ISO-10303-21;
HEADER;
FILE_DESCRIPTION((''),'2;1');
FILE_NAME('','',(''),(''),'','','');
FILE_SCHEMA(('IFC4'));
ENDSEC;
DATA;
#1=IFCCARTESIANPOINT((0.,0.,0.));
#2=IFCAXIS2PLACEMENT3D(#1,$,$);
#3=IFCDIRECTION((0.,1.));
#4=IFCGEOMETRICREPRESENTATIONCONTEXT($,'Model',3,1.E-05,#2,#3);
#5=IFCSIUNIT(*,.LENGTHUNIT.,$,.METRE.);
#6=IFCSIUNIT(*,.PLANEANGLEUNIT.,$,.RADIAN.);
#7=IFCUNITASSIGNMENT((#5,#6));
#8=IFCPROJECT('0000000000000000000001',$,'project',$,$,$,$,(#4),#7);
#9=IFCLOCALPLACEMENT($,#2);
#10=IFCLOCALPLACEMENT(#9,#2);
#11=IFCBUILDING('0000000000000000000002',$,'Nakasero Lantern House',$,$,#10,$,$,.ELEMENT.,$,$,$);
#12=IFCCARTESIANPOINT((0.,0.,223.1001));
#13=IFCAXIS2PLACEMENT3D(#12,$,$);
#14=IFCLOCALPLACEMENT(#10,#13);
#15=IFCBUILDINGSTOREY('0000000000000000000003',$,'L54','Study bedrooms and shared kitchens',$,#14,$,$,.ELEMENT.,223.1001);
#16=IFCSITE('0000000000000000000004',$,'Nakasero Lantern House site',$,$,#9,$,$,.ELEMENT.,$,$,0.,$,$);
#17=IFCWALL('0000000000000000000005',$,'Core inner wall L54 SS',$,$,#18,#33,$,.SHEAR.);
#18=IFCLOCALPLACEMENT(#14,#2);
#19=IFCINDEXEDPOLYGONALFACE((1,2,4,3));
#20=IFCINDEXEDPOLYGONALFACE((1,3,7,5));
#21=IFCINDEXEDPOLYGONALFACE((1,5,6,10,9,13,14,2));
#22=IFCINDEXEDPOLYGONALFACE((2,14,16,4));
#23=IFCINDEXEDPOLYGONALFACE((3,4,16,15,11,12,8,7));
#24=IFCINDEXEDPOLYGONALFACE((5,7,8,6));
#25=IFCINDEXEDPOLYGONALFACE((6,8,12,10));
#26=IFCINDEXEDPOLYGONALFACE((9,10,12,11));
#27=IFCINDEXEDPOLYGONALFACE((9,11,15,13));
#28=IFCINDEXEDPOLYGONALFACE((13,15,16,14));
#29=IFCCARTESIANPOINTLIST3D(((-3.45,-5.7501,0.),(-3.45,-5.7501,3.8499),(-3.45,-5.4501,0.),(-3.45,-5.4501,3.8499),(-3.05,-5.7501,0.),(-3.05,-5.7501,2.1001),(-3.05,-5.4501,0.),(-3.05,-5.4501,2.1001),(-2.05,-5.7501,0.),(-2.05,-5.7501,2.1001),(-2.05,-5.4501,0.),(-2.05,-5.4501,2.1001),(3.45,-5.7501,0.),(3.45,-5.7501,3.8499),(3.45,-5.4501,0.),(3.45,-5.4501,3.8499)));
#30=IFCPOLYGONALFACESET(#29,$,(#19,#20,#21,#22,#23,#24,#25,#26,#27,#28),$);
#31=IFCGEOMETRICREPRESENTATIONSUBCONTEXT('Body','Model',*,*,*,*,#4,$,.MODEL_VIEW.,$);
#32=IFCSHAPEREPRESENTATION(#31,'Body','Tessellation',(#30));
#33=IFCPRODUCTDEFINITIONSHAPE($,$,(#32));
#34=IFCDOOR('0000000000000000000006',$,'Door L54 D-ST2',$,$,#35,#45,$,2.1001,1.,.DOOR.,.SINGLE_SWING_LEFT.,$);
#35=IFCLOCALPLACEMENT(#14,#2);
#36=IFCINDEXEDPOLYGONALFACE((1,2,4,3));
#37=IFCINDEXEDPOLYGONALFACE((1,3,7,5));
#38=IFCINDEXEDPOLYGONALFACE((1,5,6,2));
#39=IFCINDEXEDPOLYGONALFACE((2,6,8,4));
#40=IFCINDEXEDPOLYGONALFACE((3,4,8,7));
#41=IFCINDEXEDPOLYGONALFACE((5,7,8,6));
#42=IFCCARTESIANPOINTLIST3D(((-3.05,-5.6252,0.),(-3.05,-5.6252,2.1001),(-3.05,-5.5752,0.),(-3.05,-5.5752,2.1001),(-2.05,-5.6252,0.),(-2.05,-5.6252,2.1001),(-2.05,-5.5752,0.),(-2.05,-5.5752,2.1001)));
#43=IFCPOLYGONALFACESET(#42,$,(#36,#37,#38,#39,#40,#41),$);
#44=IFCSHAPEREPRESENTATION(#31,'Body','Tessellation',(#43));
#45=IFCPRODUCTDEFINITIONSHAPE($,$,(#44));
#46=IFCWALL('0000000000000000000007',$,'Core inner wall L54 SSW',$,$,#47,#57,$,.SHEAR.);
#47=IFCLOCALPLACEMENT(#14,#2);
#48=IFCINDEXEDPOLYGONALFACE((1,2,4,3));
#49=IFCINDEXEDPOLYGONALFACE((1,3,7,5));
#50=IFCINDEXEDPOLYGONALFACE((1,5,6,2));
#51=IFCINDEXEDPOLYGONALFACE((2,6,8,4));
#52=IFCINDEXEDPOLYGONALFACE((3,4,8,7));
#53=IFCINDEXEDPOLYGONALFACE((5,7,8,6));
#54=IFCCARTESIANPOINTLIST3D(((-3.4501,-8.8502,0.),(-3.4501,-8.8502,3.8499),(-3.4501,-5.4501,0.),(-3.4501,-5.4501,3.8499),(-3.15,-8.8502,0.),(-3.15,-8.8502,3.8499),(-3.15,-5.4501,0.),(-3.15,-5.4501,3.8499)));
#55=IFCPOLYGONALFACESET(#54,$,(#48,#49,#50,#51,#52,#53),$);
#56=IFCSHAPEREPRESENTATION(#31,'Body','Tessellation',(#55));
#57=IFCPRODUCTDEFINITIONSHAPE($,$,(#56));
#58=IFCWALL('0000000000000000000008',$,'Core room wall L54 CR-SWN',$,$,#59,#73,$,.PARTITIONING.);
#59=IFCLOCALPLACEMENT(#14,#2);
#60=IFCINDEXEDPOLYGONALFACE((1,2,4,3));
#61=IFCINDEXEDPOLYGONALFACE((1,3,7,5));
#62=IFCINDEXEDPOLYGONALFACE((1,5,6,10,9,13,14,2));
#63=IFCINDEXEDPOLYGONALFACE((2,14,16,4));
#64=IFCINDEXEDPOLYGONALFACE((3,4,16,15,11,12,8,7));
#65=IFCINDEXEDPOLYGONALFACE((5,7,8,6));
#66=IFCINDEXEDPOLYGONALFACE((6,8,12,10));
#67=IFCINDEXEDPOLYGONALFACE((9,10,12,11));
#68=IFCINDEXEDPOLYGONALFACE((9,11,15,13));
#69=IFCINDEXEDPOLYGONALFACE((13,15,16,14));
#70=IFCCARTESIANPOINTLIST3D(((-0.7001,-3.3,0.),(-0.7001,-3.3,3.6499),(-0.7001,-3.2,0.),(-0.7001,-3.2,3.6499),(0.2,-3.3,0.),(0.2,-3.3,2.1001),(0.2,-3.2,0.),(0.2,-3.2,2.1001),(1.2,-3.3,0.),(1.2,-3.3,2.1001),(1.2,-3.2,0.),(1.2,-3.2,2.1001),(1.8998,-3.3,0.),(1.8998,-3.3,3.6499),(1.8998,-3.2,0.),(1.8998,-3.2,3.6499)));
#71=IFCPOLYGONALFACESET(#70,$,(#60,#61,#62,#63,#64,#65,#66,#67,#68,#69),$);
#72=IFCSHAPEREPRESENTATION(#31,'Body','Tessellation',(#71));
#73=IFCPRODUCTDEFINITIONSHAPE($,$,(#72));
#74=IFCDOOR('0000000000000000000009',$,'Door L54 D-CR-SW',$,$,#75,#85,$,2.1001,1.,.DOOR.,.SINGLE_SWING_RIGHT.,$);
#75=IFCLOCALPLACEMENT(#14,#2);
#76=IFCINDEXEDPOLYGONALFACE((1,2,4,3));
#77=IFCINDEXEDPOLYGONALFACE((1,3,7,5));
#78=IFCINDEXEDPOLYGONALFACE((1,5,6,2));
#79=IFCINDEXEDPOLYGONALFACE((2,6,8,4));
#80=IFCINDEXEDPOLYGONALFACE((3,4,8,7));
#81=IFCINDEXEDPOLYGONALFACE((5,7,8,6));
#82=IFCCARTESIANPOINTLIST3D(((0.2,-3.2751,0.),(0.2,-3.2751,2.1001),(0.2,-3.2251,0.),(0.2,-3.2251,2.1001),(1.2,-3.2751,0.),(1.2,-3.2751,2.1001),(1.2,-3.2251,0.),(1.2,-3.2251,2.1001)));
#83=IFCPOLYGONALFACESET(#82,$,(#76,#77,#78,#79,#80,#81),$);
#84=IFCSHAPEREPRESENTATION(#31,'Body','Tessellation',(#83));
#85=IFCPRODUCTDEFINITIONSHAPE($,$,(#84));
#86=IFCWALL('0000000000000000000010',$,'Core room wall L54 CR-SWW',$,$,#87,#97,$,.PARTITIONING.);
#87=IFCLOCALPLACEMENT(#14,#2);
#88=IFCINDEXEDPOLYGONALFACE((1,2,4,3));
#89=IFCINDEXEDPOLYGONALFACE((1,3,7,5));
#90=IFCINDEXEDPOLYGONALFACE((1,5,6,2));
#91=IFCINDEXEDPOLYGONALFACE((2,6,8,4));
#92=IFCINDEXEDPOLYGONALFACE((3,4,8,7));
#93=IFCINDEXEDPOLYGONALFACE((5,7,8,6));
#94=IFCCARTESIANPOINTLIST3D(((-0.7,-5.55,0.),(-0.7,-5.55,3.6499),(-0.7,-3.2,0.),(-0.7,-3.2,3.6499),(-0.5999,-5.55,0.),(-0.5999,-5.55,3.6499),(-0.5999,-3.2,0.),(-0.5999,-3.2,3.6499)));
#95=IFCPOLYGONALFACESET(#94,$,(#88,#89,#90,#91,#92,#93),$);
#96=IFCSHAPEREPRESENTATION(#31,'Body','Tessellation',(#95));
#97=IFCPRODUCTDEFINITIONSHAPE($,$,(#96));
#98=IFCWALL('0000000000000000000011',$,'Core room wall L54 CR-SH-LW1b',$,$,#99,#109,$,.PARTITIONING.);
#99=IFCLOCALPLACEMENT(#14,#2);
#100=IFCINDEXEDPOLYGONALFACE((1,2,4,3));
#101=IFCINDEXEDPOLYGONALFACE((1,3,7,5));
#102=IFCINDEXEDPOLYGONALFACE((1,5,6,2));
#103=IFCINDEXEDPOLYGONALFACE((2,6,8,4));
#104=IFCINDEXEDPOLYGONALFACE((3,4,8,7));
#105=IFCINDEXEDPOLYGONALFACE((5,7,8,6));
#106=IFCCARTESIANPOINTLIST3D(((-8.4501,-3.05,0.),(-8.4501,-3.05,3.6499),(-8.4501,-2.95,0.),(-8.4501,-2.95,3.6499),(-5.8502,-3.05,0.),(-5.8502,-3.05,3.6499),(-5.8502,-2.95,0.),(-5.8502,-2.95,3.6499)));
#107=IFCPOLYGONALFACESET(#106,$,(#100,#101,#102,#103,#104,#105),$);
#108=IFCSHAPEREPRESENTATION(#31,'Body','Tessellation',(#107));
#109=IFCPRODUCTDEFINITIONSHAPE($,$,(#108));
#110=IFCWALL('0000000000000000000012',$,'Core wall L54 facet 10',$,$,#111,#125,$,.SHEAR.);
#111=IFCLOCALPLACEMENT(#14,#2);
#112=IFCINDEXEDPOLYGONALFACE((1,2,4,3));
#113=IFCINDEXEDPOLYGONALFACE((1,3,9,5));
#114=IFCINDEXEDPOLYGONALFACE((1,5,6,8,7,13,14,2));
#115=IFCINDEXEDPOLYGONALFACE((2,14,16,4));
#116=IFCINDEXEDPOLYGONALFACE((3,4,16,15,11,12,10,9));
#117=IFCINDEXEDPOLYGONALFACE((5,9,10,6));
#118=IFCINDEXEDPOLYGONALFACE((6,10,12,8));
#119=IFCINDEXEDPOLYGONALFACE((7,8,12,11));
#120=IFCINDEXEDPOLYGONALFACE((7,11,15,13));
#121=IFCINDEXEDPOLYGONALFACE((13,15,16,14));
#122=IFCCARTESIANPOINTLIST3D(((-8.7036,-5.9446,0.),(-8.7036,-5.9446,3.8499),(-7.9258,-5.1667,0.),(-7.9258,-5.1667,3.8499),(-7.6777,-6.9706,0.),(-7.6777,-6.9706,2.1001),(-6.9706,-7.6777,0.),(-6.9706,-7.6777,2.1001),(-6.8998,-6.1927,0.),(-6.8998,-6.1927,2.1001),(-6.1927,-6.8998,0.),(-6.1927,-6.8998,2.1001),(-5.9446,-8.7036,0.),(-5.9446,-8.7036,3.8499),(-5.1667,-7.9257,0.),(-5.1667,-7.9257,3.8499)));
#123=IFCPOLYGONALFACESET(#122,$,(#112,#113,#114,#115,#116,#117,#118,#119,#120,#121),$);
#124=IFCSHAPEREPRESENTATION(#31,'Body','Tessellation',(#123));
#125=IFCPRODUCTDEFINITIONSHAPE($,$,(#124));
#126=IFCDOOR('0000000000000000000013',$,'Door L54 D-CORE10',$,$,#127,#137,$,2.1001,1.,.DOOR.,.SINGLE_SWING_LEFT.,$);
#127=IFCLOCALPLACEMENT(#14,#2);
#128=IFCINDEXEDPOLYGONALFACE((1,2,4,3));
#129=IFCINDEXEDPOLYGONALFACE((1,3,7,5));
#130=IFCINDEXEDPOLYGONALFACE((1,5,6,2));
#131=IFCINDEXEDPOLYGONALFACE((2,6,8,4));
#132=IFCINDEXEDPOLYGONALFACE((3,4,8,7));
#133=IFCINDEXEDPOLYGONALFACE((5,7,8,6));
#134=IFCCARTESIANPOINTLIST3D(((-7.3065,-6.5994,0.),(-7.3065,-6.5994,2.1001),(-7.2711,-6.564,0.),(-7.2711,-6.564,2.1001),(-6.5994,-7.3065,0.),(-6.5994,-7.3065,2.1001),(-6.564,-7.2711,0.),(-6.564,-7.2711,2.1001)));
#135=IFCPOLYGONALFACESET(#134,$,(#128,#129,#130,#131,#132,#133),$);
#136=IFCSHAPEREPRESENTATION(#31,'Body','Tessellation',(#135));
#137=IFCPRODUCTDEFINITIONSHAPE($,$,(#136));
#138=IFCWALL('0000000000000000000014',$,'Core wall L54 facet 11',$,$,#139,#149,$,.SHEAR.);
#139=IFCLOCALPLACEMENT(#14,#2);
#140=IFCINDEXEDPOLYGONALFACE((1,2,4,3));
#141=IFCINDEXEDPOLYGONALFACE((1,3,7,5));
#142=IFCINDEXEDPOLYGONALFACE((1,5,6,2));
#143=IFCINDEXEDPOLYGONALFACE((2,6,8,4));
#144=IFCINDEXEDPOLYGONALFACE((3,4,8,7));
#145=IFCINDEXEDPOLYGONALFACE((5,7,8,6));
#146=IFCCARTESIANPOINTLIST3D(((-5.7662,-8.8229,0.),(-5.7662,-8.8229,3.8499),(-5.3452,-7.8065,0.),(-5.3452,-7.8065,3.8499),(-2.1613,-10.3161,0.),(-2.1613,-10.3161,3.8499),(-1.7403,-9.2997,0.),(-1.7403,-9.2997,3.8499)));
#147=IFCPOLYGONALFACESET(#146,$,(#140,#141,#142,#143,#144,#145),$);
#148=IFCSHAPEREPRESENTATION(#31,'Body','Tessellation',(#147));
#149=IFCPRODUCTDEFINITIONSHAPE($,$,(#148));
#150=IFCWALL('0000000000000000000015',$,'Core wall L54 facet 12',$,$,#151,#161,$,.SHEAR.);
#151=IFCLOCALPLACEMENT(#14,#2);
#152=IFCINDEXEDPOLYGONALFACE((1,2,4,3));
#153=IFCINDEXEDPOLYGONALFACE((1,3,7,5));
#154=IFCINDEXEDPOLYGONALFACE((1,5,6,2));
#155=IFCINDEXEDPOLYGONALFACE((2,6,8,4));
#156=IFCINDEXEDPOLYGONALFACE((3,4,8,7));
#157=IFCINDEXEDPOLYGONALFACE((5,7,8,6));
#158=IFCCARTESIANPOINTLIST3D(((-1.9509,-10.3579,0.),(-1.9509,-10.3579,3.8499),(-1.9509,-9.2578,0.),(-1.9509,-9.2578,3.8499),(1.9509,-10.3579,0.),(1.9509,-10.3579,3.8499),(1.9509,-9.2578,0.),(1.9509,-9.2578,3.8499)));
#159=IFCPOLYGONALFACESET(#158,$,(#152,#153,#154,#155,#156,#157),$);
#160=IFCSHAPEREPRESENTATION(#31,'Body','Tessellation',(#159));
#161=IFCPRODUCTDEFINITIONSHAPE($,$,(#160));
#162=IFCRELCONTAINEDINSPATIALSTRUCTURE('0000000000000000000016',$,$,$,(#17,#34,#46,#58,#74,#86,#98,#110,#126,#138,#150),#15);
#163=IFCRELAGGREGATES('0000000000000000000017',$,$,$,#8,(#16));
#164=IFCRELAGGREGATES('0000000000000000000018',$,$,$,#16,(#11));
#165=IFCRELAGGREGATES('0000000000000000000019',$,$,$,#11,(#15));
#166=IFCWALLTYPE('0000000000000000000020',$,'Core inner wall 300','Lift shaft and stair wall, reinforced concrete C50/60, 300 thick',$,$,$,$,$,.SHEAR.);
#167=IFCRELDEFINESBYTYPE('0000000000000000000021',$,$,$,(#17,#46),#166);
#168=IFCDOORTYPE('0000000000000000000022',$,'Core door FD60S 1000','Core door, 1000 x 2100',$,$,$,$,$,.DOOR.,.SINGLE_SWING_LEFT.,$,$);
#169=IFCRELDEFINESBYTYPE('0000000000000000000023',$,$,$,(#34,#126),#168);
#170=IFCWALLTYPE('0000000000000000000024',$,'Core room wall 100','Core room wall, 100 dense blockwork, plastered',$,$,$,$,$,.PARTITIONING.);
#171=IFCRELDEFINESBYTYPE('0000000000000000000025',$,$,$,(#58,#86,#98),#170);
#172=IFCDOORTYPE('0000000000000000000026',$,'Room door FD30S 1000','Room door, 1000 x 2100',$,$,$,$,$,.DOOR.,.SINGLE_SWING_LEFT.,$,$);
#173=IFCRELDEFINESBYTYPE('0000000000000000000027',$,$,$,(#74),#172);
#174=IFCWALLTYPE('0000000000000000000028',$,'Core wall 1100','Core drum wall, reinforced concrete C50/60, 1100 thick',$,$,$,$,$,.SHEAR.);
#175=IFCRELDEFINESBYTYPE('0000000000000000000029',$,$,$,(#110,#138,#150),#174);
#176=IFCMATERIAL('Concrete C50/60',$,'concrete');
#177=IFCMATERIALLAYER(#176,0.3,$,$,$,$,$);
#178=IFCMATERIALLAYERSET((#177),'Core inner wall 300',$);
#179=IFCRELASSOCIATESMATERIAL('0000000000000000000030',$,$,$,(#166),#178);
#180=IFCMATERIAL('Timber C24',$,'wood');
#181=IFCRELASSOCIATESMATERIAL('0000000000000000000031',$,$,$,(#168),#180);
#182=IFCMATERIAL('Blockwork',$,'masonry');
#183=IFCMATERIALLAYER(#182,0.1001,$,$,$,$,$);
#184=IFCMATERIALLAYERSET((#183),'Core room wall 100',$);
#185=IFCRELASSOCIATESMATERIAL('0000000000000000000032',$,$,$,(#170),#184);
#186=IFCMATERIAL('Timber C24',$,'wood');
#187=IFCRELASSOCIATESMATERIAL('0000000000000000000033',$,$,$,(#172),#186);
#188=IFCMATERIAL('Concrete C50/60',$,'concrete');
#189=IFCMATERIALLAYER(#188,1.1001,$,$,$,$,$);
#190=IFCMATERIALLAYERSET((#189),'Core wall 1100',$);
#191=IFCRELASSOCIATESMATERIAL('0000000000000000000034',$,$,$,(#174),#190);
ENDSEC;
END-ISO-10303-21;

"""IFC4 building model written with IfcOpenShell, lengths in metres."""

from ifc_helpers import new_model, si_unit, direction, frame, frame_2d, origin, place, context, subcontext, project, spatial, rectangle, extrude, material, layer, layer_set, type_object, element, fill, save


model = new_model("IFC4")

# Units and contexts
model_context = context("Model", 3, precision=1e-05, world=origin(), true_north=direction((0.0, 1.0)))
body_context = subcontext(model_context, "Body", "Model", "MODEL_VIEW")
ifc_project = project(units=[si_unit("LENGTHUNIT", "METRE"), si_unit("PLANEANGLEUNIT", "RADIAN")], contexts=[model_context])

# Site, building, storey
site_placement = place(None, origin())
site = spatial("IfcSite", under=ifc_project, at=site_placement, Name="Nakasero Lantern House site", CompositionType="ELEMENT", RefElevation=0.0)
building_placement = place(site_placement, origin())
building = spatial("IfcBuilding", under=site, at=building_placement, Name="Nakasero Lantern House", CompositionType="ELEMENT")
storey_placement = place(building_placement, frame((0.0, 0.0, 223.1001)))
storey = spatial("IfcBuildingStorey", under=building, at=storey_placement, Name="L54", Description="Study bedrooms and shared kitchens", CompositionType="ELEMENT", Elevation=223.1001)

# Shared definitions
ifc_material_1 = material(Name="Concrete C50/60", Category="concrete")
ifc_layer_1 = layer(ifc_material_1, 0.3)
ifc_layer_set_1 = layer_set([ifc_layer_1], Name="Core inner wall 300")
wall_type_1 = type_object("IfcWallType", Name="Core inner wall 300", Description="Lift shaft and stair wall, reinforced concrete C50/60, 300 thick", PredefinedType="SHEAR", material=ifc_layer_set_1)

# Wall, opening, door
wall_1_placement = place(storey_placement, frame((-3.45, -5.6001, 0.0), z_axis=(0.0, 0.0, 1.0), x_axis=(1.0, 0.0, 0.0)))
wall_1 = element("IfcWall", 1, at=wall_1_placement, inside=storey, type_object=wall_type_1, Name="Core inner wall L54 SS", PredefinedType="SHEAR", context=body_context, shape_type="SweptSolid", body=[
    extrude(rectangle(XDim=6.8999, YDim=0.3, at=frame_2d((3.45, 0.0))), origin(), (0.0, 0.0, 1.0), 3.8499),
])
opening_1_placement = place(wall_1_placement, frame((0.3999, 0.0, 0.0)))
opening_1 = element("IfcOpeningElement", 2, at=opening_1_placement, cuts=wall_1, PredefinedType="OPENING", context=body_context, shape_type="SweptSolid", body=[
    extrude(rectangle(XDim=1.0, YDim=2.1001, at=frame_2d((0.5, 1.05))), frame((0.0, 0.1699, 0.0), z_axis=(0.0, -1.0, 0.0), x_axis=(1.0, 0.0, 0.0)), (0.0, 0.0, 1.0), 0.3401),
])
ifc_material_2 = material(Name="Timber C24", Category="wood")
door_type_1 = type_object("IfcDoorType", Name="Core door FD60S 1000", Description="Core door, 1000 x 2100", OperationType="SINGLE_SWING_LEFT", PredefinedType="DOOR", material=ifc_material_2)
door_1_placement = place(opening_1_placement, origin())
door_1 = element("IfcDoor", 3, at=door_1_placement, inside=storey, type_object=door_type_1, Name="Door L54 D-ST2", OperationType="SINGLE_SWING_LEFT", OverallHeight=2.1001, OverallWidth=1.0, PredefinedType="DOOR", context=body_context, shape_type="SweptSolid", body=[
    extrude(rectangle(XDim=1.0, YDim=2.1001, at=frame_2d((0.5, 1.05))), frame((0.0, 0.0249, 0.0), z_axis=(0.0, -1.0, 0.0), x_axis=(1.0, 0.0, 0.0)), (0.0, 0.0, 1.0), 0.05),
])
fill(opening_1, door_1)

# Wall
wall_2_placement = place(storey_placement, frame((-3.3, -5.45, 0.0), z_axis=(0.0, 0.0, 1.0), x_axis=(0.0, -1.0, 0.0)))
element("IfcWall", 4, at=wall_2_placement, inside=storey, type_object=wall_type_1, Name="Core inner wall L54 SSW", PredefinedType="SHEAR", context=body_context, shape_type="SweptSolid", body=[
    extrude(rectangle(XDim=3.4001, YDim=0.3, at=frame_2d((1.7002, 0.0))), origin(), (0.0, 0.0, 1.0), 3.8499),
])

# Wall, opening, door
ifc_material_3 = material(Name="Blockwork", Category="masonry")
ifc_layer_2 = layer(ifc_material_3, 0.1001)
ifc_layer_set_2 = layer_set([ifc_layer_2], Name="Core room wall 100")
wall_type_2 = type_object("IfcWallType", Name="Core room wall 100", Description="Core room wall, 100 dense blockwork, plastered", PredefinedType="PARTITIONING", material=ifc_layer_set_2)
wall_3_placement = place(storey_placement, frame((-0.7, -3.25, 0.0), z_axis=(0.0, 0.0, 1.0), x_axis=(1.0, 0.0, 0.0)))
wall_3 = element("IfcWall", 5, at=wall_3_placement, inside=storey, type_object=wall_type_2, Name="Core room wall L54 CR-SWN", PredefinedType="PARTITIONING", context=body_context, shape_type="SweptSolid", body=[
    extrude(rectangle(XDim=2.5999, YDim=0.1001, at=frame_2d((1.2998, 0.0))), origin(), (0.0, 0.0, 1.0), 3.6499),
])
opening_2_placement = place(wall_3_placement, frame((0.8999, 0.0, 0.0)))
opening_2 = element("IfcOpeningElement", 6, at=opening_2_placement, cuts=wall_3, PredefinedType="OPENING", context=body_context, shape_type="SweptSolid", body=[
    extrude(rectangle(XDim=1.0, YDim=2.1001, at=frame_2d((0.5, 1.05))), frame((0.0, 0.0701, 0.0), z_axis=(0.0, -1.0, 0.0), x_axis=(1.0, 0.0, 0.0)), (0.0, 0.0, 1.0), 0.1401),
])
ifc_material_4 = material(Name="Timber C24", Category="wood")
door_type_2 = type_object("IfcDoorType", Name="Room door FD30S 1000", Description="Room door, 1000 x 2100", OperationType="SINGLE_SWING_LEFT", PredefinedType="DOOR", material=ifc_material_4)
door_2_placement = place(opening_2_placement, origin())
door_2 = element("IfcDoor", 7, at=door_2_placement, inside=storey, type_object=door_type_2, Name="Door L54 D-CR-SW", OperationType="SINGLE_SWING_RIGHT", OverallHeight=2.1001, OverallWidth=1.0, PredefinedType="DOOR", context=body_context, shape_type="SweptSolid", body=[
    extrude(rectangle(XDim=1.0, YDim=2.1001, at=frame_2d((0.5, 1.05))), frame((0.0, 0.0249, 0.0), z_axis=(0.0, -1.0, 0.0), x_axis=(1.0, 0.0, 0.0)), (0.0, 0.0, 1.0), 0.05),
])
fill(opening_2, door_2)

# Walls
wall_4_placement = place(storey_placement, frame((-0.6499, -5.55, 0.0), z_axis=(0.0, 0.0, 1.0), x_axis=(0.0, 1.0, 0.0)))
element("IfcWall", 8, at=wall_4_placement, inside=storey, type_object=wall_type_2, Name="Core room wall L54 CR-SWW", PredefinedType="PARTITIONING", context=body_context, shape_type="SweptSolid", body=[
    extrude(rectangle(XDim=2.3501, YDim=0.1001, at=frame_2d((1.175, 0.0))), origin(), (0.0, 0.0, 1.0), 3.6499),
])
wall_5_placement = place(storey_placement, frame((-8.45, -3.0, 0.0), z_axis=(0.0, 0.0, 1.0), x_axis=(1.0, 0.0, 0.0)))
element("IfcWall", 9, at=wall_5_placement, inside=storey, type_object=wall_type_2, Name="Core room wall L54 CR-SH-LW1b", PredefinedType="PARTITIONING", context=body_context, shape_type="SweptSolid", body=[
    extrude(rectangle(XDim=2.5999, YDim=0.1001, at=frame_2d((1.2998, 0.0))), origin(), (0.0, 0.0, 1.0), 3.6499),
])

# Wall, opening, door
ifc_material_5 = material(Name="Concrete C50/60", Category="concrete")
ifc_layer_3 = layer(ifc_material_5, 1.1001)
ifc_layer_set_3 = layer_set([ifc_layer_3], Name="Core wall 1100")
wall_type_3 = type_object("IfcWallType", Name="Core wall 1100", Description="Core drum wall, reinforced concrete C50/60, 1100 thick", PredefinedType="SHEAR", material=ifc_layer_set_3)
wall_6_placement = place(storey_placement, frame((-8.3147, -5.5557, 0.0), z_axis=(0.0, 0.0, 1.0), x_axis=(0.707107, -0.707107, 0.0)))
wall_6 = element("IfcWall", 10, at=wall_6_placement, inside=storey, type_object=wall_type_3, Name="Core wall L54 facet 10", PredefinedType="SHEAR", context=body_context, shape_type="SweptSolid", body=[
    extrude(rectangle(XDim=3.9019, YDim=1.1001, at=frame_2d((1.9509, 0.0))), origin(), (0.0, 0.0, 1.0), 3.8499),
])
opening_3_placement = place(wall_6_placement, frame((1.4509, 0.0, 0.0)))
opening_3 = element("IfcOpeningElement", 11, at=opening_3_placement, cuts=wall_6, PredefinedType="OPENING", context=body_context, shape_type="SweptSolid", body=[
    extrude(rectangle(XDim=1.0, YDim=2.1001, at=frame_2d((0.5, 1.05))), frame((0.0, 0.5701, 0.0), z_axis=(0.0, -1.0, 0.0), x_axis=(1.0, 0.0, 0.0)), (0.0, 0.0, 1.0), 1.1401),
])
door_3_placement = place(opening_3_placement, origin())
door_3 = element("IfcDoor", 12, at=door_3_placement, inside=storey, type_object=door_type_1, Name="Door L54 D-CORE10", OperationType="SINGLE_SWING_LEFT", OverallHeight=2.1001, OverallWidth=1.0, PredefinedType="DOOR", context=body_context, shape_type="SweptSolid", body=[
    extrude(rectangle(XDim=1.0, YDim=2.1001, at=frame_2d((0.5, 1.05))), frame((0.0, 0.0249, 0.0), z_axis=(0.0, -1.0, 0.0), x_axis=(1.0, 0.0, 0.0)), (0.0, 0.0, 1.0), 0.05),
])
fill(opening_3, door_3)

# Walls
for number, where, z_axis, x_axis, name in (
    (13, (-5.5557, -8.3147, 0.0), (0.0, 0.0, 1.0), (0.923877, -0.382691, 0.0), "Core wall L54 facet 11"),
    (14, (-1.9509, -9.8079, 0.0), (0.0, 0.0, 1.0), (1.0, 0.0, 0.0), "Core wall L54 facet 12"),
):
    element("IfcWall", number, at=place(storey_placement, frame(where, z_axis=z_axis, x_axis=x_axis)), inside=storey, type_object=wall_type_3, Name=name, PredefinedType="SHEAR", context=body_context, shape_type="SweptSolid", body=[
        extrude(rectangle(XDim=3.9019, YDim=1.1001, at=frame_2d((1.9509, 0.0))), origin(), (0.0, 0.0, 1.0), 3.8499),
    ])

save(model, "model.ifc")
